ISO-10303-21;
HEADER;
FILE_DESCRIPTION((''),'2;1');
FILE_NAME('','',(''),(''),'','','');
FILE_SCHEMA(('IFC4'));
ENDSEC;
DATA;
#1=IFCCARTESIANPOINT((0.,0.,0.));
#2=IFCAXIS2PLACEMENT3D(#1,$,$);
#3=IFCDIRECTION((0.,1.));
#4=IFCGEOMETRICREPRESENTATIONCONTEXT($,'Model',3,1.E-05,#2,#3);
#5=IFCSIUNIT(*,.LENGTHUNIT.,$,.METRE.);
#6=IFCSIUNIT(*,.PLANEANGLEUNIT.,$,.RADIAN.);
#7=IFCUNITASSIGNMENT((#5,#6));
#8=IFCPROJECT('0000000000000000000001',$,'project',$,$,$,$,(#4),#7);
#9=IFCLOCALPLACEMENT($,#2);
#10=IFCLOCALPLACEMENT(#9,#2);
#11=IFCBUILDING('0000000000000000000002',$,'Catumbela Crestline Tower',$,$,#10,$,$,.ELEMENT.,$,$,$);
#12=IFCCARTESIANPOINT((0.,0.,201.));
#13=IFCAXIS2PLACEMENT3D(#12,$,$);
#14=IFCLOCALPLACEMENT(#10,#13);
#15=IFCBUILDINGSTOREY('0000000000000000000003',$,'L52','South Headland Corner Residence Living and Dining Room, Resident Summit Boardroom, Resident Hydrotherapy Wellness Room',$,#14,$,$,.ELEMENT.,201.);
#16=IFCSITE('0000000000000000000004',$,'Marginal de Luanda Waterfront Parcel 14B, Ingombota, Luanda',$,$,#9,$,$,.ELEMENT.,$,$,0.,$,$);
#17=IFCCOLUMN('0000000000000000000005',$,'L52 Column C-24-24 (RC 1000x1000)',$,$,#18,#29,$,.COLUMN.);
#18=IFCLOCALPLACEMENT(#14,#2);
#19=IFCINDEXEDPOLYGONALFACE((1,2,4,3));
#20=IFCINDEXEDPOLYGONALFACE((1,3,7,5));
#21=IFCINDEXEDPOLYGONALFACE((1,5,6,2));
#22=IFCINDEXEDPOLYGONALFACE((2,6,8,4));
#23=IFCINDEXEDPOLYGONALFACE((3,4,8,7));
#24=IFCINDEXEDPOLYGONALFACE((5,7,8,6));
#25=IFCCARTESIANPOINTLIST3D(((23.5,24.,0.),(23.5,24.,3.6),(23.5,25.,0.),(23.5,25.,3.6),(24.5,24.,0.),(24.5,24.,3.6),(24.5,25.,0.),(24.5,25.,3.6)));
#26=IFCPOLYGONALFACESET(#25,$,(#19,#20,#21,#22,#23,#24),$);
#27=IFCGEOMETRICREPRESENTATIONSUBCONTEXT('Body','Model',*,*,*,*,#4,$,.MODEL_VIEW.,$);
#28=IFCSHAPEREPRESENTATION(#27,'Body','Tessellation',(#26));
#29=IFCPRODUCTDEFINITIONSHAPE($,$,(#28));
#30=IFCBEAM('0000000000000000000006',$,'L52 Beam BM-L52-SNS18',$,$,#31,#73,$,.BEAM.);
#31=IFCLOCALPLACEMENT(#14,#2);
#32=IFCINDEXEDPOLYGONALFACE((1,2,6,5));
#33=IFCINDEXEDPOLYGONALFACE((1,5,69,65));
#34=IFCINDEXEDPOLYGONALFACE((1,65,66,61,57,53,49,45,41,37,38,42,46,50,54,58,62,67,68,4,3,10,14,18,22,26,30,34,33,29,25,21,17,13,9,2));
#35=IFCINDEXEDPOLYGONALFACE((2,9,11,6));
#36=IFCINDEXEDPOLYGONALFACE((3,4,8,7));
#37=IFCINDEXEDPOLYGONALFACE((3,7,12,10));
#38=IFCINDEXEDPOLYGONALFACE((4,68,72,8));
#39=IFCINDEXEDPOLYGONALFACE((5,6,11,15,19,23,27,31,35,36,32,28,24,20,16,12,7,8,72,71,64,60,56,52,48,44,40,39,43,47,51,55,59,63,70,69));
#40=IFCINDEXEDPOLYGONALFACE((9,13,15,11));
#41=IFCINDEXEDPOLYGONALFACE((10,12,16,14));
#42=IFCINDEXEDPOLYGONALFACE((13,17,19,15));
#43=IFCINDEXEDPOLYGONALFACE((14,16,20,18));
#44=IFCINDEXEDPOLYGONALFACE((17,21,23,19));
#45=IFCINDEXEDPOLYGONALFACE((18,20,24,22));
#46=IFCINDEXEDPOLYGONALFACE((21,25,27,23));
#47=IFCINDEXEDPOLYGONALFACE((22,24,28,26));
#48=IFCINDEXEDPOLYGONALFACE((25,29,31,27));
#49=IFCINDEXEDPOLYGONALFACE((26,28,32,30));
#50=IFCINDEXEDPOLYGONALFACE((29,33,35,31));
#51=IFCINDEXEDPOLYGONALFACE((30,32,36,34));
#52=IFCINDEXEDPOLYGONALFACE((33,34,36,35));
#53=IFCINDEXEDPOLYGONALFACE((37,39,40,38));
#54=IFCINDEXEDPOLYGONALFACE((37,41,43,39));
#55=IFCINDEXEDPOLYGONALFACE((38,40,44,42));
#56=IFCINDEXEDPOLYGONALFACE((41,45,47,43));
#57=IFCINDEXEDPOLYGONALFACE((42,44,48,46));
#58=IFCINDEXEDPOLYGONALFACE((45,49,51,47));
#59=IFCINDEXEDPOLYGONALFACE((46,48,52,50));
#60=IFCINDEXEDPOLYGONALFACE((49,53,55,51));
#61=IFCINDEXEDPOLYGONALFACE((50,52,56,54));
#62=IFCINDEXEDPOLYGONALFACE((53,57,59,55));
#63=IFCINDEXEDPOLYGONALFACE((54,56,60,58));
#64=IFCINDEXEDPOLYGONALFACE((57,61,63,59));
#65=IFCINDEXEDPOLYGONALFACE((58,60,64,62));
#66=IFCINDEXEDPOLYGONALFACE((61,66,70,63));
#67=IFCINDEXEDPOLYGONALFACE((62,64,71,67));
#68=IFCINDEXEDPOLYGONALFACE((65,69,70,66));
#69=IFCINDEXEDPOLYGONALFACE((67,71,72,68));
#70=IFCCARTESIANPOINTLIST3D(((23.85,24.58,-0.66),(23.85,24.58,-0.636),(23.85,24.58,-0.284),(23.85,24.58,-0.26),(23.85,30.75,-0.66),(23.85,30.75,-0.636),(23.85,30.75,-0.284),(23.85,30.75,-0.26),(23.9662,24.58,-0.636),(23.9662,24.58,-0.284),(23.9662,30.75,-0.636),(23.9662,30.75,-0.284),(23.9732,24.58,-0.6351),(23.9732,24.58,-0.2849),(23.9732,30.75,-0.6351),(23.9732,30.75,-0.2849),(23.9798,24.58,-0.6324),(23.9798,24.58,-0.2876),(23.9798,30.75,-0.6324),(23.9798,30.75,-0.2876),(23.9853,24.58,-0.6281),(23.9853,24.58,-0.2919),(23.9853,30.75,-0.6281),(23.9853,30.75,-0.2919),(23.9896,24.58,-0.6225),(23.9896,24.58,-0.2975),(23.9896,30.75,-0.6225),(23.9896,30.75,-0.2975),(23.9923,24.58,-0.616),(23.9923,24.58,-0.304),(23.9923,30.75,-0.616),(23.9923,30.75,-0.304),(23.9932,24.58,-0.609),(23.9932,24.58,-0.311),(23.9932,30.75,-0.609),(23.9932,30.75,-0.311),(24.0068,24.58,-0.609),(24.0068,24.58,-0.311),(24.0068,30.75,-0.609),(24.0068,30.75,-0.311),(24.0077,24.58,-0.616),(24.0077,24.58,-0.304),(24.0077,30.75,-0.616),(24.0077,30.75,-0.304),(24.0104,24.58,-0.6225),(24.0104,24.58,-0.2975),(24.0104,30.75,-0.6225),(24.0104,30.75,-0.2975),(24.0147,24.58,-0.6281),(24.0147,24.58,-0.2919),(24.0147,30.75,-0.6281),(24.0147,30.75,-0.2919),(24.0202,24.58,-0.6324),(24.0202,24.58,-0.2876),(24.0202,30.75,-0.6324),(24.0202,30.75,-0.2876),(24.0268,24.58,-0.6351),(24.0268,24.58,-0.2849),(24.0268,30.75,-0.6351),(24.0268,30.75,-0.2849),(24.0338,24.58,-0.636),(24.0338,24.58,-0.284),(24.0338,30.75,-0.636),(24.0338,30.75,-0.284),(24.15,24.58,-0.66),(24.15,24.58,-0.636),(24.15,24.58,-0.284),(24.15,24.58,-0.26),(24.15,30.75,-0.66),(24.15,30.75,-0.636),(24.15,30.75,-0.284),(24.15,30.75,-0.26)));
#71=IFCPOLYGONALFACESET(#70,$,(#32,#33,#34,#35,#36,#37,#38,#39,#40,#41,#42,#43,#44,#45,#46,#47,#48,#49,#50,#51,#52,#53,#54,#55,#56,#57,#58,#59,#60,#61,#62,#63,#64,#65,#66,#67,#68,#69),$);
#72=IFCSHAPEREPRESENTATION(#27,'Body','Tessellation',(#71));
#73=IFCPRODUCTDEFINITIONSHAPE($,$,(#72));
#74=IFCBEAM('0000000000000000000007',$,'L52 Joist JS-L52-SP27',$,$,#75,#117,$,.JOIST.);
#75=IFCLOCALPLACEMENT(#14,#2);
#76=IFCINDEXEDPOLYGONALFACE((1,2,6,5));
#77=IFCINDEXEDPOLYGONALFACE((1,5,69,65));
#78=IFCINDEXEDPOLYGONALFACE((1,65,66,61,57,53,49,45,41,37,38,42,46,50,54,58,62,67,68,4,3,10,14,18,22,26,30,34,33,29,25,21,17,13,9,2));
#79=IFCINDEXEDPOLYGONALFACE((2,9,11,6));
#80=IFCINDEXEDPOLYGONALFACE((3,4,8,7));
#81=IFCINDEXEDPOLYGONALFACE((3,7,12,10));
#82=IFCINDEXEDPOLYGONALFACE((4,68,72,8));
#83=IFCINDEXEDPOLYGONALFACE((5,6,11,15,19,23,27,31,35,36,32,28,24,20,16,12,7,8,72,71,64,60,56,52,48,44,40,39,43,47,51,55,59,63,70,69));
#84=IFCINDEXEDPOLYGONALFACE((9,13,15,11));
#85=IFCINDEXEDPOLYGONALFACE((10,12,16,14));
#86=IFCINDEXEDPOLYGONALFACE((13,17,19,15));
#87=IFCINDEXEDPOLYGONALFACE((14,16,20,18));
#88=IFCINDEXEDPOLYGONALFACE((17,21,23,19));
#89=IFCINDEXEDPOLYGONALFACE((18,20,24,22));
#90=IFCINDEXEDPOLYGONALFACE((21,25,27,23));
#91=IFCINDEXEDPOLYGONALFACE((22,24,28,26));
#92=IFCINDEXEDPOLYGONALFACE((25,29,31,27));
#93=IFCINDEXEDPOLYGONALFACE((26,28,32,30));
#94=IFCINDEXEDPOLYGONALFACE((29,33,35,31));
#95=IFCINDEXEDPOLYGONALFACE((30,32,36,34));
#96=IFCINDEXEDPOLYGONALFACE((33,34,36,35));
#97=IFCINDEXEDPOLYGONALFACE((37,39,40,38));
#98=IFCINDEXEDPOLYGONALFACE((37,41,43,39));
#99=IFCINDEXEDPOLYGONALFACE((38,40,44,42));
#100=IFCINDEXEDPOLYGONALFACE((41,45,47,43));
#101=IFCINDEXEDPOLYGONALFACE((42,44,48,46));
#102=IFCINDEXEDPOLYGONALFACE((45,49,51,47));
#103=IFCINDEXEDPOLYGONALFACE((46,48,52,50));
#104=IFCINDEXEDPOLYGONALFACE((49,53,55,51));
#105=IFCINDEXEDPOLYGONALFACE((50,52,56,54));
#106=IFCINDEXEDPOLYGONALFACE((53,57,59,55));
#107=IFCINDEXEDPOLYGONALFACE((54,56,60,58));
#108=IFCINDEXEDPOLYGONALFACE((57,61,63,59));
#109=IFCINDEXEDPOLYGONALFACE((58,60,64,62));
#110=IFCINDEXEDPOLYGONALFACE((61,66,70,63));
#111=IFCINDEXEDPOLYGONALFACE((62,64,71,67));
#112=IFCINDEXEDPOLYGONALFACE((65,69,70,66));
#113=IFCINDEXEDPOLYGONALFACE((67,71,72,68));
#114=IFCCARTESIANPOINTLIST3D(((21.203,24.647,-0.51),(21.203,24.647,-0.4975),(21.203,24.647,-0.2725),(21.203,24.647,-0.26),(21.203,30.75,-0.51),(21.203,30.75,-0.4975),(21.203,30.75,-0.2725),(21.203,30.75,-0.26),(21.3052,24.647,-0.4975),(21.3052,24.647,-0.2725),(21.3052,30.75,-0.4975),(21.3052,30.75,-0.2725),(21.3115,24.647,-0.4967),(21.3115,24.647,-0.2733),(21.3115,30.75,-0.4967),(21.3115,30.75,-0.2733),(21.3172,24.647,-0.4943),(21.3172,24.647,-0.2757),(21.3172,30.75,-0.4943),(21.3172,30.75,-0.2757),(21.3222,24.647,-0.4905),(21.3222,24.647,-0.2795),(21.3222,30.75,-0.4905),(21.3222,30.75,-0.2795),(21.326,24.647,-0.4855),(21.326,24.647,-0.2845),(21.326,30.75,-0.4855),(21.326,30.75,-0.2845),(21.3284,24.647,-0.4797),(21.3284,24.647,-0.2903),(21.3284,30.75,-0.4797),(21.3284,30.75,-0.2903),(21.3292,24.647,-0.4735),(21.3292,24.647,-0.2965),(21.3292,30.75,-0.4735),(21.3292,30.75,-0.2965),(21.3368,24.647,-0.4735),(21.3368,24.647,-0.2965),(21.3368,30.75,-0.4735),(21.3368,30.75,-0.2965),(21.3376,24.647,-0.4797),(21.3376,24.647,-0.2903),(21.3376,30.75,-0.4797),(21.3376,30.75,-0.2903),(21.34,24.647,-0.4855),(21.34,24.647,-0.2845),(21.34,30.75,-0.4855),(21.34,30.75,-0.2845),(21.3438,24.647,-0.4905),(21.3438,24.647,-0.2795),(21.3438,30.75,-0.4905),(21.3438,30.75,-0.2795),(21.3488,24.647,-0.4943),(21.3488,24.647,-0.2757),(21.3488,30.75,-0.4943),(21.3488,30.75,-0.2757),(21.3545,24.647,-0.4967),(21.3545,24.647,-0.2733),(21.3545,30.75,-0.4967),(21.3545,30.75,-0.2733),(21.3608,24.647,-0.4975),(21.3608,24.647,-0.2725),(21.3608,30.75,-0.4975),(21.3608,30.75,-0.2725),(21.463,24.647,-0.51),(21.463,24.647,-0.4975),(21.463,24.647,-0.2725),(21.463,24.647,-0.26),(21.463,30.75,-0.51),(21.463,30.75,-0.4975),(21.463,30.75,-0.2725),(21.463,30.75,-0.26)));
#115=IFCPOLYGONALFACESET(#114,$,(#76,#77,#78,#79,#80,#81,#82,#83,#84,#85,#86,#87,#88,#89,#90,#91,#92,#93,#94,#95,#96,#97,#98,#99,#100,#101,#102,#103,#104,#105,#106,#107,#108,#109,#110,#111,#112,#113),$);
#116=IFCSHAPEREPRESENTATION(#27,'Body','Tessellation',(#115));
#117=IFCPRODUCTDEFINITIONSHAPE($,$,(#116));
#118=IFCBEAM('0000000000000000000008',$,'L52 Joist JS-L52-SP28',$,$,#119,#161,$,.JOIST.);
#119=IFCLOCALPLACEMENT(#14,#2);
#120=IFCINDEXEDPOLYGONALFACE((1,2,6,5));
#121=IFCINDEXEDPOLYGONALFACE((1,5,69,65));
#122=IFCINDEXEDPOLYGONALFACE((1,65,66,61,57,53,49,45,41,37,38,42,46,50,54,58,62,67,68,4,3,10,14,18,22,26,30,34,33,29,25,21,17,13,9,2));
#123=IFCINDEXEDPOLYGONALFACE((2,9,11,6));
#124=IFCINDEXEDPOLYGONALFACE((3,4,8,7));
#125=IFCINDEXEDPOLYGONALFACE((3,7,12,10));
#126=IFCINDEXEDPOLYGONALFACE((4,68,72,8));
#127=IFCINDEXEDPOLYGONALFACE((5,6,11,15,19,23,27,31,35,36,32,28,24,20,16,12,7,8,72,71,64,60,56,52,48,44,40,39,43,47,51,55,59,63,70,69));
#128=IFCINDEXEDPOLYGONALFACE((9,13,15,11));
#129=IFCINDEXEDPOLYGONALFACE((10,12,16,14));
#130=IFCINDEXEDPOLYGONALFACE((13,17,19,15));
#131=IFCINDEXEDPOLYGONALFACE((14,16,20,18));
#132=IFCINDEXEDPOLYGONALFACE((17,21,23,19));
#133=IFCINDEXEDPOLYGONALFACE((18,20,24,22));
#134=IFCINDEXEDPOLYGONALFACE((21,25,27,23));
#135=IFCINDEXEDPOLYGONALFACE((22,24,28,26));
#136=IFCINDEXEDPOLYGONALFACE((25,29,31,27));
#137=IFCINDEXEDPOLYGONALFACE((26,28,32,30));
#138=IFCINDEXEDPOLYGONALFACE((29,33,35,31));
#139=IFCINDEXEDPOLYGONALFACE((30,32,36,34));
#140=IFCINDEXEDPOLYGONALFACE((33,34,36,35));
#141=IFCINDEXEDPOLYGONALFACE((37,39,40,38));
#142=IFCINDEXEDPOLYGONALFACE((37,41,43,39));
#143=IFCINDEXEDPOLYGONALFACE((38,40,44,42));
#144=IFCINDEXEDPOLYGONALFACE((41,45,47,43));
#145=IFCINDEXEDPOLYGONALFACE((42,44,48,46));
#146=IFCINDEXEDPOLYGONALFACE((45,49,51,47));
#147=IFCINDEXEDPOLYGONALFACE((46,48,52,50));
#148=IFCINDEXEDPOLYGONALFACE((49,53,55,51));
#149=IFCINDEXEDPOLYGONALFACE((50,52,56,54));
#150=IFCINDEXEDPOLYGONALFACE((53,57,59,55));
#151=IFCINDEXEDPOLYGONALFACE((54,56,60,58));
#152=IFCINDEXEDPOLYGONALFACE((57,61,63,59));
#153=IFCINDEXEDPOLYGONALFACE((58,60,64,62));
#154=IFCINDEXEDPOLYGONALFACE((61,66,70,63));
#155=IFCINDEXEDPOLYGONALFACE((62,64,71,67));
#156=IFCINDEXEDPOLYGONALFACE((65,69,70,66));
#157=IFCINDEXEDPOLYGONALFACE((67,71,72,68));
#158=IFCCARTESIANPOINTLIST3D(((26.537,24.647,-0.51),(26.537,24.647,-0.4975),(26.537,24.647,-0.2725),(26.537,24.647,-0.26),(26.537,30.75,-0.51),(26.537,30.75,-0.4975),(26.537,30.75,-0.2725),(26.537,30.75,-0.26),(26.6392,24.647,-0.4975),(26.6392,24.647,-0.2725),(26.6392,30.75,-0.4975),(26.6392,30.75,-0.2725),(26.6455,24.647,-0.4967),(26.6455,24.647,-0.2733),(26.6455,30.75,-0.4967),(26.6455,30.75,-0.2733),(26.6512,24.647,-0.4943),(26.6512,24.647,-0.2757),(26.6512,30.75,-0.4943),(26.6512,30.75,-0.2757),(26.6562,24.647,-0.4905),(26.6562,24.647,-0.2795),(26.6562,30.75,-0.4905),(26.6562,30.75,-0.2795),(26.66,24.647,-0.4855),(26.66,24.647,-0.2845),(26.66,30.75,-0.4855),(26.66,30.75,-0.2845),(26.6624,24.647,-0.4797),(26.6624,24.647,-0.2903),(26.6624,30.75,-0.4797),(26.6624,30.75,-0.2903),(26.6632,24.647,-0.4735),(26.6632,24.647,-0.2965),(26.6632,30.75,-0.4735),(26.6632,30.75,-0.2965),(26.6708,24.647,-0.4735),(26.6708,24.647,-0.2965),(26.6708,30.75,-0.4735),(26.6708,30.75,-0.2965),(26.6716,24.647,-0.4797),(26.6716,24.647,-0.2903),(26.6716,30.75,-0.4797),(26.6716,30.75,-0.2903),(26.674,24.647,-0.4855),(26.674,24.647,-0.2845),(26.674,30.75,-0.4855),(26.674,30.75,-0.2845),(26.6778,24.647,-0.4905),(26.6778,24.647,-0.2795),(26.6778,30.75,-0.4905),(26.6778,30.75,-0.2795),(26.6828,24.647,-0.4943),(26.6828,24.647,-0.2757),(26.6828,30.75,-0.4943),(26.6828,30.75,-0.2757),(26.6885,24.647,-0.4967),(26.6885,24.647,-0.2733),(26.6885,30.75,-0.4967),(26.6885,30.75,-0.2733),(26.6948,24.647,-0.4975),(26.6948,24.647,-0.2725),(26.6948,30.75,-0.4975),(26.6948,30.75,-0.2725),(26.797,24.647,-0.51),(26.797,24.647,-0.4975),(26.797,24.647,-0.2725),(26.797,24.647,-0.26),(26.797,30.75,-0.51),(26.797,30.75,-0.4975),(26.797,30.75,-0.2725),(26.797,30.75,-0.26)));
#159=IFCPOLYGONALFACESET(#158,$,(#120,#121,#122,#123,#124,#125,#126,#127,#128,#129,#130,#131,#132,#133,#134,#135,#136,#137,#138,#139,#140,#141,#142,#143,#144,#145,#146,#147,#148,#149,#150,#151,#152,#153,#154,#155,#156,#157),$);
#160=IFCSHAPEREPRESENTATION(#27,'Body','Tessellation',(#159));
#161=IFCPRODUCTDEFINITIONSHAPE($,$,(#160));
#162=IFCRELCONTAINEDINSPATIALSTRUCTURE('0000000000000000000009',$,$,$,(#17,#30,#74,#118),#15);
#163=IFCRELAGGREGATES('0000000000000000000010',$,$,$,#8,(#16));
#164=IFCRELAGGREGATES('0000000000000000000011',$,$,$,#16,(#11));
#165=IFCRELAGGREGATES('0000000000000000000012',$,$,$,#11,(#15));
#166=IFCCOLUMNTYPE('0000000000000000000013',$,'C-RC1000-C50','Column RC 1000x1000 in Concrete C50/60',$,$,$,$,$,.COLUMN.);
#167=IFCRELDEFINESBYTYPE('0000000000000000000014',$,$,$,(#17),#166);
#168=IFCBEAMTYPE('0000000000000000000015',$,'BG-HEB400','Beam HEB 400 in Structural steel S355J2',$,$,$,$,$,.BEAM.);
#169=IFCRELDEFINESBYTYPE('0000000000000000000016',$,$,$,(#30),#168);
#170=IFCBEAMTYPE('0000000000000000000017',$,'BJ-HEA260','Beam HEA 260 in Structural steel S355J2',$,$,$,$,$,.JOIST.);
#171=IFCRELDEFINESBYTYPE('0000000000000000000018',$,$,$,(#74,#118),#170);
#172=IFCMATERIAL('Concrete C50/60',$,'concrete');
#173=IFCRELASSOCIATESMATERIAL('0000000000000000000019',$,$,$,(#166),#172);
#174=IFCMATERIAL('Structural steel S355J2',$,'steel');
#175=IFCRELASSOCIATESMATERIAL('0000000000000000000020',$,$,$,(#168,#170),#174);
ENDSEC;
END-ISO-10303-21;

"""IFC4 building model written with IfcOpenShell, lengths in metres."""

from ifc_helpers import new_model, si_unit, direction, frame, origin, origin_2d, place, context, subcontext, project, spatial, rectangle, i_section, extrude, material, material_profile, profile_set, type_object, element, save


model = new_model("IFC4")

# Units and contexts
model_context = context("Model", 3, precision=1e-05, world=origin(), true_north=direction((0.0, 1.0)))
body_context = subcontext(model_context, "Body", "Model", "MODEL_VIEW")
ifc_project = project(units=[si_unit("LENGTHUNIT", "METRE"), si_unit("PLANEANGLEUNIT", "RADIAN")], contexts=[model_context])

# Site, building, storey
site_placement = place(None, origin())
site = spatial("IfcSite", under=ifc_project, at=site_placement, Name="Marginal de Luanda Waterfront Parcel 14B, Ingombota, Luanda", CompositionType="ELEMENT", RefElevation=0.0)
building_placement = place(site_placement, origin())
building = spatial("IfcBuilding", under=site, at=building_placement, Name="Catumbela Crestline Tower", CompositionType="ELEMENT")
storey_placement = place(building_placement, frame((0.0, 0.0, 201.0)))
storey = spatial("IfcBuildingStorey", under=building, at=storey_placement, Name="L52", Description="South Headland Corner Residence Living and Dining Room, Resident Summit Boardroom, Resident Hydrotherapy Wellness Room", CompositionType="ELEMENT", Elevation=201.0)

# Column
ifc_material_1 = material(Name="Concrete C50/60", Category="concrete")
ifc_material_profile_1 = material_profile(ifc_material_1, rectangle(XDim=1.0, YDim=1.0, at=origin_2d()), Name="RC 1000x1000")
ifc_profile_set_1 = profile_set([ifc_material_profile_1], Name="Concrete C50/60")
column_type = type_object("IfcColumnType", Name="C-RC1000-C50", Description="Column RC 1000x1000 in Concrete C50/60", PredefinedType="COLUMN", material=ifc_profile_set_1)
column_placement = place(storey_placement, frame((24.0, 24.5, 0.0), z_axis=(0.0, 0.0, 1.0), x_axis=(1.0, 0.0, 0.0)))
element("IfcColumn", 1, at=column_placement, inside=storey, type_object=column_type, Name="L52 Column C-24-24 (RC 1000x1000)", PredefinedType="COLUMN", context=body_context, shape_type="SweptSolid", body=[
    extrude(rectangle(XDim=1.0, YDim=1.0, at=origin_2d()), origin(), (0.0, 0.0, 1.0), 3.6),
])

# Beams
ifc_material_2 = material(Name="Structural steel S355J2", Category="steel")
ifc_material_profile_2 = material_profile(ifc_material_2, i_section(OverallWidth=0.3, OverallDepth=0.4, WebThickness=0.0135, FlangeThickness=0.024, FilletRadius=0.027, at=origin_2d()), Name="HEB 400")
ifc_profile_set_2 = profile_set([ifc_material_profile_2], Name="Structural steel S355J2")
beam_type_1 = type_object("IfcBeamType", Name="BG-HEB400", Description="Beam HEB 400 in Structural steel S355J2", PredefinedType="BEAM", material=ifc_profile_set_2)
beam_1_placement = place(storey_placement, frame((24.0, 24.58, -0.46), z_axis=(0.0, 1.0, 0.0), x_axis=(-1.0, 0.0, 0.0)))
element("IfcBeam", 2, at=beam_1_placement, inside=storey, type_object=beam_type_1, Name="L52 Beam BM-L52-SNS18", PredefinedType="BEAM", context=body_context, shape_type="SweptSolid", body=[
    extrude(i_section(OverallWidth=0.3, OverallDepth=0.4, WebThickness=0.0135, FlangeThickness=0.024, FilletRadius=0.027, at=origin_2d()), origin(), (0.0, 0.0, 1.0), 6.17),
])
ifc_material_profile_3 = material_profile(ifc_material_2, i_section(OverallWidth=0.26, OverallDepth=0.25, WebThickness=0.0075, FlangeThickness=0.0125, FilletRadius=0.024, at=origin_2d()), Name="HEA 260")
ifc_profile_set_3 = profile_set([ifc_material_profile_3], Name="Structural steel S355J2")
beam_type_2 = type_object("IfcBeamType", Name="BJ-HEA260", Description="Beam HEA 260 in Structural steel S355J2", PredefinedType="JOIST", material=ifc_profile_set_3)
for number, where, z_axis, x_axis, name in (
    (3, (21.333, 24.647, -0.385), (0.0, 1.0, 0.0), (-1.0, 0.0, 0.0), "L52 Joist JS-L52-SP27"),
    (4, (26.667, 24.647, -0.385), (0.0, 1.0, 0.0), (-1.0, 0.0, 0.0), "L52 Joist JS-L52-SP28"),
):
    element("IfcBeam", number, at=place(storey_placement, frame(where, z_axis=z_axis, x_axis=x_axis)), inside=storey, type_object=beam_type_2, Name=name, PredefinedType="JOIST", context=body_context, shape_type="SweptSolid", body=[
        extrude(i_section(OverallWidth=0.26, OverallDepth=0.25, WebThickness=0.0075, FlangeThickness=0.0125, FilletRadius=0.024, at=origin_2d()), origin(), (0.0, 0.0, 1.0), 6.103),
    ])

save(model, "model.ifc")
